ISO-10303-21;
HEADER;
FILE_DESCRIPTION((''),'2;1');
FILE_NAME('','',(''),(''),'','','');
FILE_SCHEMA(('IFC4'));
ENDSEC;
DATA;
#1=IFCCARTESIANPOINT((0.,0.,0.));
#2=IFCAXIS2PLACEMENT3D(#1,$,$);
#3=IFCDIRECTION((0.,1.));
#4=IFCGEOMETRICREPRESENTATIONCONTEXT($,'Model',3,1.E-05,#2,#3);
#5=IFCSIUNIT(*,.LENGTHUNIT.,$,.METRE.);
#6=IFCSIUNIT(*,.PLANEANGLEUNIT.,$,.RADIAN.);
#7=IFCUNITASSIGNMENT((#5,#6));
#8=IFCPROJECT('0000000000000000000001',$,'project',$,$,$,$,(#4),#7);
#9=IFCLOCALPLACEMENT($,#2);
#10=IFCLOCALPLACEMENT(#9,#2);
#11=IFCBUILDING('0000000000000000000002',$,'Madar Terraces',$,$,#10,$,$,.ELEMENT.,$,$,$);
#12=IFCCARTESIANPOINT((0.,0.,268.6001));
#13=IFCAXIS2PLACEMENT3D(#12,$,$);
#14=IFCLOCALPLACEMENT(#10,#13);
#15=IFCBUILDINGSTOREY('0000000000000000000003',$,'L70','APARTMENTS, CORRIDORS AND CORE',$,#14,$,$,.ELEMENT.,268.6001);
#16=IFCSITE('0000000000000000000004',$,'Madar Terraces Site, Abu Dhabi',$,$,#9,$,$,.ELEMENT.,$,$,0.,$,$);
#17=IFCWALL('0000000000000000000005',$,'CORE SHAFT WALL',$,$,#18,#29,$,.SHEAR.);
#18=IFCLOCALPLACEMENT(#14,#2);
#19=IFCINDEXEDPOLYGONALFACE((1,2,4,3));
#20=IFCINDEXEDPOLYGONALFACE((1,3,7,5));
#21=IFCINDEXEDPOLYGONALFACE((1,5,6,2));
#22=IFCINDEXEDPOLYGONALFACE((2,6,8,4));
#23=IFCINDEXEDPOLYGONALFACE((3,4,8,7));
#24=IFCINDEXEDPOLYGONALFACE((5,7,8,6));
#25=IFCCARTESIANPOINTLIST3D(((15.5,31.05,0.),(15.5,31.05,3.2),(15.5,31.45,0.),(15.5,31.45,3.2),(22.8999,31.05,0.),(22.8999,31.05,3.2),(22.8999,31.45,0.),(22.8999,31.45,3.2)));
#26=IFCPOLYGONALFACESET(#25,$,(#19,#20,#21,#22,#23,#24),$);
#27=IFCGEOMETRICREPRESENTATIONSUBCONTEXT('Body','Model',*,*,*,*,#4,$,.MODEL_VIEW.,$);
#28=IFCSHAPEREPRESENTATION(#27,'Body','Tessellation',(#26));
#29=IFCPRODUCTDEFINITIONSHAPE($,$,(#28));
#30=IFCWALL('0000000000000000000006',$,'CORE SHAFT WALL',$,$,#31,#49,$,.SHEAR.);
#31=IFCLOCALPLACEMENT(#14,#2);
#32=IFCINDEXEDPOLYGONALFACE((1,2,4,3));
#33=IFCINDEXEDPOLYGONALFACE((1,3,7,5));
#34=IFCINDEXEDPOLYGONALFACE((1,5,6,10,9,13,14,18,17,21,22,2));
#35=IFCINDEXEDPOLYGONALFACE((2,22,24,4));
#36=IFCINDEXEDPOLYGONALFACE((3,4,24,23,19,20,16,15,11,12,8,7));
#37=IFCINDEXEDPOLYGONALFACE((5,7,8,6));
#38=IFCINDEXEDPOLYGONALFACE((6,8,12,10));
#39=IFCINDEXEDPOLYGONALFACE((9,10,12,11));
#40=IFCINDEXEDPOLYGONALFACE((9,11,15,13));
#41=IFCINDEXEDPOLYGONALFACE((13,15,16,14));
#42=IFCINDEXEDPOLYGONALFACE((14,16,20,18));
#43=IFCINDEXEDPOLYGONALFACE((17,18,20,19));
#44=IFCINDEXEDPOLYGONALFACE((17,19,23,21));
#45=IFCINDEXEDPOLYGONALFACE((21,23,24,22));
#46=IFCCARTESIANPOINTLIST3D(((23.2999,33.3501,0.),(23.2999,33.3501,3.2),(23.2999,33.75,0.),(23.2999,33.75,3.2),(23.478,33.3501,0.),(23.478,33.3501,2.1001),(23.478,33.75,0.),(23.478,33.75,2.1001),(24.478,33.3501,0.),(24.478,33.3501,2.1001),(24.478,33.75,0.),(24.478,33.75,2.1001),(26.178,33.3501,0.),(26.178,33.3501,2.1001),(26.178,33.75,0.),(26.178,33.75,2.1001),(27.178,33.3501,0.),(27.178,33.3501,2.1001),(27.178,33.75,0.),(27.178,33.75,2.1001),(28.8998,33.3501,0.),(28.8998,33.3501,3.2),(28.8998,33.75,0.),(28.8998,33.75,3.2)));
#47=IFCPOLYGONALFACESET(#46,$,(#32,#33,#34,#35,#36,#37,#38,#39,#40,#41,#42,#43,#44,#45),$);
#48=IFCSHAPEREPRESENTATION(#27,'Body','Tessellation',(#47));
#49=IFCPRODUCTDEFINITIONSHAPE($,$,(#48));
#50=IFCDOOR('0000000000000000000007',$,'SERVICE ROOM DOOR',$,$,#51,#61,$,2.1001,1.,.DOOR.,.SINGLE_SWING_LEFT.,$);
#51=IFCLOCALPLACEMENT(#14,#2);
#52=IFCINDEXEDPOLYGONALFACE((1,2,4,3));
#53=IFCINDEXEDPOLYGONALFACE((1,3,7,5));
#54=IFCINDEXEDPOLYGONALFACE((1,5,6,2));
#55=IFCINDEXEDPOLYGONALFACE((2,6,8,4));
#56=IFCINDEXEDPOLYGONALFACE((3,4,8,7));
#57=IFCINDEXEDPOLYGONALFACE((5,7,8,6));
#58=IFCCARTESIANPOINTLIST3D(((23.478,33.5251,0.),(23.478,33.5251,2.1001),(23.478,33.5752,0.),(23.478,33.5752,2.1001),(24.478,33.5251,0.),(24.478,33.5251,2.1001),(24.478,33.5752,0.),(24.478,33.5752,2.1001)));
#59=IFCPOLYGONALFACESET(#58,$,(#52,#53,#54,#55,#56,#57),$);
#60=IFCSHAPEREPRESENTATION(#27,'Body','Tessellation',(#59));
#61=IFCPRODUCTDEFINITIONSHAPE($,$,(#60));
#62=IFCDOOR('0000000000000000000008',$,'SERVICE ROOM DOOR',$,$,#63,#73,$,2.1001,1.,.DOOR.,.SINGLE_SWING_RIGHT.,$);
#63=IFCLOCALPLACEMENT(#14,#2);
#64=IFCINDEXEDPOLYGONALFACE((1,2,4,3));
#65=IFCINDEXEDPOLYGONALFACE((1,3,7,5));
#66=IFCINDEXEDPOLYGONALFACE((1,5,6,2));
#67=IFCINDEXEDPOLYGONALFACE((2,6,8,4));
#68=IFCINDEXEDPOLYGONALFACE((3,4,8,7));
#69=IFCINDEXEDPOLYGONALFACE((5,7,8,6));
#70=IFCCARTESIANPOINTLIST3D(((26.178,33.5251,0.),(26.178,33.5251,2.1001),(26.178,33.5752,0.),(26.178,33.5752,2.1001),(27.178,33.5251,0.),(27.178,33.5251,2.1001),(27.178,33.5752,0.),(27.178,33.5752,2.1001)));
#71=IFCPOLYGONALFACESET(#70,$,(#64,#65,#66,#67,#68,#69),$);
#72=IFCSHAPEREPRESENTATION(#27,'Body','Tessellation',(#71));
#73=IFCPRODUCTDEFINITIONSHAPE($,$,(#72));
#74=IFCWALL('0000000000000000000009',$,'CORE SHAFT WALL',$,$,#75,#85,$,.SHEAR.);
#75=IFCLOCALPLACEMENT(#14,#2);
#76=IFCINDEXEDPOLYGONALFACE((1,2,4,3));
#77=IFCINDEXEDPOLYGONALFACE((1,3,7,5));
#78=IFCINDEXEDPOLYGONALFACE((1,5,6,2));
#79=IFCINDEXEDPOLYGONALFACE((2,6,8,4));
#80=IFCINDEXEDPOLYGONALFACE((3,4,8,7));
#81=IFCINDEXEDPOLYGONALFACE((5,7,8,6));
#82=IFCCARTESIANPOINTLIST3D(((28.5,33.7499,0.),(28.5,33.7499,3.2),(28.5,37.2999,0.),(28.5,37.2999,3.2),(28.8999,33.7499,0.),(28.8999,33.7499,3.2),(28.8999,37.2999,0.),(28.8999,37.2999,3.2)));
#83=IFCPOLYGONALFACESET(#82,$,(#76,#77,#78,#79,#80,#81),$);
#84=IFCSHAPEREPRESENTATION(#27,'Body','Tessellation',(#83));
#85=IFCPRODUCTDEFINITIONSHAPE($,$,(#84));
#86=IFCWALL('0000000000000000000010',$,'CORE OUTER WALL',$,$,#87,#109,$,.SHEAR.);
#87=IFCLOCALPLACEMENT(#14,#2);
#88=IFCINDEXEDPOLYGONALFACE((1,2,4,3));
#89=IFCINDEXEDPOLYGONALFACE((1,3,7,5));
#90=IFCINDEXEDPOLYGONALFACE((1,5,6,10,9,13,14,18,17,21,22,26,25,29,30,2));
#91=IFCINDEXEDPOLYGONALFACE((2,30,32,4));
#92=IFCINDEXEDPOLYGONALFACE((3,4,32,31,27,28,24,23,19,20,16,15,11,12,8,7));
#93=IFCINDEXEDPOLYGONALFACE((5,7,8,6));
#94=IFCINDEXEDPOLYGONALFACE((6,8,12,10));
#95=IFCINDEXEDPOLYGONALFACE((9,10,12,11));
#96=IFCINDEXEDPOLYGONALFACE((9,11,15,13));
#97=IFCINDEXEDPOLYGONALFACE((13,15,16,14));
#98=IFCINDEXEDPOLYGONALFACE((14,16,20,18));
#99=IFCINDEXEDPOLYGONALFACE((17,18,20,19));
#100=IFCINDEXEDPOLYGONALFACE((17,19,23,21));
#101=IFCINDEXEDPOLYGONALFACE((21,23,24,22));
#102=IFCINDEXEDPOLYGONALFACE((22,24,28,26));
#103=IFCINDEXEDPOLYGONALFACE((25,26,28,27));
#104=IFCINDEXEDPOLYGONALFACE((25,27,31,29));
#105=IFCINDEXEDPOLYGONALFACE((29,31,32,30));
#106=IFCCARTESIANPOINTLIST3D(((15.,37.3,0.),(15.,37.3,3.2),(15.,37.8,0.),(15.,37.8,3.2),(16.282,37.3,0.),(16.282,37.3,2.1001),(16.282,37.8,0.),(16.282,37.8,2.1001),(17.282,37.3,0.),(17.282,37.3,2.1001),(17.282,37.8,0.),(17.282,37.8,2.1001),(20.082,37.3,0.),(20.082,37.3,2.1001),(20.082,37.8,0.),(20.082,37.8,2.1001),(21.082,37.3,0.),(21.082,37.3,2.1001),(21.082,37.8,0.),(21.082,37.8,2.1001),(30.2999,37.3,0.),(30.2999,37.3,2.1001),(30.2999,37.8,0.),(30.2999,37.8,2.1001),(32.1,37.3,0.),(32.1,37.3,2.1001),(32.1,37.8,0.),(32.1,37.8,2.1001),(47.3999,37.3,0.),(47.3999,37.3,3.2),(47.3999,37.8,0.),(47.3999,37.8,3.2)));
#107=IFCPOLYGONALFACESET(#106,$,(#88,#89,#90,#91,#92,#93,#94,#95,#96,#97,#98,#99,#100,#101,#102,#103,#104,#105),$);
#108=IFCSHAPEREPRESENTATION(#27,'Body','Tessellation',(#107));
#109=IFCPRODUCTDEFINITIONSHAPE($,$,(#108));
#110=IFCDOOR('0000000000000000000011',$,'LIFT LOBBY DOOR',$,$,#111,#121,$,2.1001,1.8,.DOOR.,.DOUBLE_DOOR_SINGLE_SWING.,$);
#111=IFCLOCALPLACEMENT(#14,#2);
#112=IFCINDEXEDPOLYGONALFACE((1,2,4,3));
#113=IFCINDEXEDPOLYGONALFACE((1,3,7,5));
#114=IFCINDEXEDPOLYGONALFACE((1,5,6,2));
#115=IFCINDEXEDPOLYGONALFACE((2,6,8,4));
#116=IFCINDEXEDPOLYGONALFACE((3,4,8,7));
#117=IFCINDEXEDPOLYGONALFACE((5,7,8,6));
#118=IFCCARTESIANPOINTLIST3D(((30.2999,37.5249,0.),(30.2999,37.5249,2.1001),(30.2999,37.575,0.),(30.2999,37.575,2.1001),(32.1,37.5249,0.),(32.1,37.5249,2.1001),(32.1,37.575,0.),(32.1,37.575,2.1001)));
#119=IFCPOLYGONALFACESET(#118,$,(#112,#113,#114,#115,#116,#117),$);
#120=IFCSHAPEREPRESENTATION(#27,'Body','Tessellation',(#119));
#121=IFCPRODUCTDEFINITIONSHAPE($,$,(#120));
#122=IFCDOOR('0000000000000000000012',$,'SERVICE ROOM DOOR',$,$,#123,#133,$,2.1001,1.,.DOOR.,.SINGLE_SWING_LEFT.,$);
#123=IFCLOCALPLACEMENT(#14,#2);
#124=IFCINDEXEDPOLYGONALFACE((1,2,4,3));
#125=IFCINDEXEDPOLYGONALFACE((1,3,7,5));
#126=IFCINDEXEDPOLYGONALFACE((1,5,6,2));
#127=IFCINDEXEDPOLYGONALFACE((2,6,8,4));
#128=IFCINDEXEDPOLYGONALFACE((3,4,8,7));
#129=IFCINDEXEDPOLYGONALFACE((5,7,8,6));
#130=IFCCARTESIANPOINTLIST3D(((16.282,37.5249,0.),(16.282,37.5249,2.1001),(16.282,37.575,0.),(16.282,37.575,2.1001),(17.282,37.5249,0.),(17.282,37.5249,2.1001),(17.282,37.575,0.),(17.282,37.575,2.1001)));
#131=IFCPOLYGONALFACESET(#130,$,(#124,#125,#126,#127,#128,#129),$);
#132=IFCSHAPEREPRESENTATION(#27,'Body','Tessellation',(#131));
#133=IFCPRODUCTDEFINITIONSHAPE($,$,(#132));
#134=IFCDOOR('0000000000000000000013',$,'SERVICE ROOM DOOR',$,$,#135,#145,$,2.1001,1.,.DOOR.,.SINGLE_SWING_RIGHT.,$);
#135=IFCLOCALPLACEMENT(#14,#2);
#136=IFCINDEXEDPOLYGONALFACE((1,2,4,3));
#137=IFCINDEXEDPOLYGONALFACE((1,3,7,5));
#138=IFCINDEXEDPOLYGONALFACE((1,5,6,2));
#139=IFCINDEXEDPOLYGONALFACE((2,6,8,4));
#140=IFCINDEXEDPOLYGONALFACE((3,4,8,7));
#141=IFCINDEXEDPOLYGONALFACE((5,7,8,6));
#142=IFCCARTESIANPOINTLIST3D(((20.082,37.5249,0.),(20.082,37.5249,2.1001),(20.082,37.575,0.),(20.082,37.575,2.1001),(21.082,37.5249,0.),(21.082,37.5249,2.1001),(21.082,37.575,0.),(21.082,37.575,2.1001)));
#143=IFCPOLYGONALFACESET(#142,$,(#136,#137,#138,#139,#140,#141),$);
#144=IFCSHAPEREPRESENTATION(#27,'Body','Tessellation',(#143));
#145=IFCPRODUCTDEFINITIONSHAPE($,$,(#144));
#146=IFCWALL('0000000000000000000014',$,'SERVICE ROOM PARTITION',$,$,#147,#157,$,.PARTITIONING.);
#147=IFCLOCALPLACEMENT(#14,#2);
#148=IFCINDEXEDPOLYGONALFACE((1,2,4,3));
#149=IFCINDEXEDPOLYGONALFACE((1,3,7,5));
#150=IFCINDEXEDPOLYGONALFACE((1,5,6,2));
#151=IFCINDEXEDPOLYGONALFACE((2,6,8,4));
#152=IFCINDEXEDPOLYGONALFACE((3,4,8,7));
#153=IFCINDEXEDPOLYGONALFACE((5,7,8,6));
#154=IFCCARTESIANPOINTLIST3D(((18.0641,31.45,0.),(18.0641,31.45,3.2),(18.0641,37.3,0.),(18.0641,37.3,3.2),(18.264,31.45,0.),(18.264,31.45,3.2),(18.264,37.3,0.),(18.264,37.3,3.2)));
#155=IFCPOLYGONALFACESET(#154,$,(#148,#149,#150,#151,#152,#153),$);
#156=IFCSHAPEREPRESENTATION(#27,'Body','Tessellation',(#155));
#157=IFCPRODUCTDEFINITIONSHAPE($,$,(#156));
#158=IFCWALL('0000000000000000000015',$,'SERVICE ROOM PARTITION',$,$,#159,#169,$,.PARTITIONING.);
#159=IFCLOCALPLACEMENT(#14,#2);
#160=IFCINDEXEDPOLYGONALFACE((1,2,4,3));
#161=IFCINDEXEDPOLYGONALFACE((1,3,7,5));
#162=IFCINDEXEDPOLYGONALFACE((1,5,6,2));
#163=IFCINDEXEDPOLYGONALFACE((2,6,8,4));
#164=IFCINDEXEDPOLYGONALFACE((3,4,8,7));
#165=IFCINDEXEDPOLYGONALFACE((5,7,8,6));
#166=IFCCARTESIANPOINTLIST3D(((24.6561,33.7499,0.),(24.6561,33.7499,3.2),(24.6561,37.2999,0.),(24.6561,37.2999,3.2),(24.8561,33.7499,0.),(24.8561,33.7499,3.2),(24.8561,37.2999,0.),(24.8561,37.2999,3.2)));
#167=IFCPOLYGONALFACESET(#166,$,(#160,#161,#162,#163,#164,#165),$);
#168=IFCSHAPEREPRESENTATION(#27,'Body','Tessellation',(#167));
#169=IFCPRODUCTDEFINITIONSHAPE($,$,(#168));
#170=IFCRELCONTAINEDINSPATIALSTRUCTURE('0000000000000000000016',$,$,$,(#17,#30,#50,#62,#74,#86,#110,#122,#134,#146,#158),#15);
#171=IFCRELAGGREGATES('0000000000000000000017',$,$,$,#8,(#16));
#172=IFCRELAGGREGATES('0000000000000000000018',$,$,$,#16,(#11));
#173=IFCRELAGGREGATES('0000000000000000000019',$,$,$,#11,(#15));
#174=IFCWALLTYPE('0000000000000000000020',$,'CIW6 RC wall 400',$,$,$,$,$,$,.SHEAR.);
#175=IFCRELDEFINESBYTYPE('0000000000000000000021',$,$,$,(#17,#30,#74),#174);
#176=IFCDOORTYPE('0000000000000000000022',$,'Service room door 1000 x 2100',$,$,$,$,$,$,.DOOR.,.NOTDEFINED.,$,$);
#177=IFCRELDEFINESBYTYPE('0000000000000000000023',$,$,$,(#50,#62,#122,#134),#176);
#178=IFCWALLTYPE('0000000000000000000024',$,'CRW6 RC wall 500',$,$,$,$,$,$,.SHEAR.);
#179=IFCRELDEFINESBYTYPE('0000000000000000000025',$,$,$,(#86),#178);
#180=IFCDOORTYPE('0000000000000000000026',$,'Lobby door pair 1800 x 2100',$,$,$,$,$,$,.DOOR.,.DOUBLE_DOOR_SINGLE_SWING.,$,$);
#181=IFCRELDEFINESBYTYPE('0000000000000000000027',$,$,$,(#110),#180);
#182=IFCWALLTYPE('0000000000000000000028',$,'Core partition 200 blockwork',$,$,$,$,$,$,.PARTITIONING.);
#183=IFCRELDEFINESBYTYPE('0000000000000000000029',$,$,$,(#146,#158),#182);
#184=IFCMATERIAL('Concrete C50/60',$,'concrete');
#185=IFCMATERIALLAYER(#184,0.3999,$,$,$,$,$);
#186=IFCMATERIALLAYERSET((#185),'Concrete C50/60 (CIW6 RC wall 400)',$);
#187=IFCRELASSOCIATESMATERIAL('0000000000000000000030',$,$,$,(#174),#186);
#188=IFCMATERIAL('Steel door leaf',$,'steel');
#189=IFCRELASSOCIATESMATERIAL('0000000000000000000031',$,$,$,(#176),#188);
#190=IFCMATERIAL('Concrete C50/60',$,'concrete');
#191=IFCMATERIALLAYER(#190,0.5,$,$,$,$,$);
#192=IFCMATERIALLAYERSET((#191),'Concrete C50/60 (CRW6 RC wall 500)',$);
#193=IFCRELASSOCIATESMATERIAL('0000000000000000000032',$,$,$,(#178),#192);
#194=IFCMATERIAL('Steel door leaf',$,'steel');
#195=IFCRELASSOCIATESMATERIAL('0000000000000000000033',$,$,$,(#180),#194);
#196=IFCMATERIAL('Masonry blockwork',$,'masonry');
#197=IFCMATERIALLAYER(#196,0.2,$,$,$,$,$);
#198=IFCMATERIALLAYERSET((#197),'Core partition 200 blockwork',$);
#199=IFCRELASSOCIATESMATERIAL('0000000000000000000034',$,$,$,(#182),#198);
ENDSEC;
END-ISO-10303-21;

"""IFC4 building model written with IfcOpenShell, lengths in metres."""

from ifc_helpers import new_model, si_unit, direction, frame, frame_2d, origin, place, context, subcontext, project, spatial, rectangle, extrude, material, layer, layer_set, type_object, element, fill, save


model = new_model("IFC4")

# Units and contexts
model_context = context("Model", 3, precision=1e-05, world=origin(), true_north=direction((0.0, 1.0)))
body_context = subcontext(model_context, "Body", "Model", "MODEL_VIEW")
ifc_project = project(units=[si_unit("LENGTHUNIT", "METRE"), si_unit("PLANEANGLEUNIT", "RADIAN")], contexts=[model_context])

# Site, building, storey
site_placement = place(None, origin())
site = spatial("IfcSite", under=ifc_project, at=site_placement, Name="Madar Terraces Site, Abu Dhabi", CompositionType="ELEMENT", RefElevation=0.0)
building_placement = place(site_placement, origin())
building = spatial("IfcBuilding", under=site, at=building_placement, Name="Madar Terraces", CompositionType="ELEMENT")
storey_placement = place(building_placement, frame((0.0, 0.0, 268.6001)))
storey = spatial("IfcBuildingStorey", under=building, at=storey_placement, Name="L70", Description="APARTMENTS, CORRIDORS AND CORE", CompositionType="ELEMENT", Elevation=268.6001)

# Wall
ifc_material_1 = material(Name="Concrete C50/60", Category="concrete")
ifc_layer_1 = layer(ifc_material_1, 0.3999)
ifc_layer_set_1 = layer_set([ifc_layer_1], Name="Concrete C50/60 (CIW6 RC wall 400)")
wall_type_1 = type_object("IfcWallType", Name="CIW6 RC wall 400", PredefinedType="SHEAR", material=ifc_layer_set_1)
wall_1_placement = place(storey_placement, frame((15.5, 31.25, 0.0), z_axis=(0.0, 0.0, 1.0), x_axis=(1.0, 0.0, 0.0)))
element("IfcWall", 1, at=wall_1_placement, inside=storey, type_object=wall_type_1, Name="CORE SHAFT WALL", PredefinedType="SHEAR", context=body_context, shape_type="SweptSolid", body=[
    extrude(rectangle(XDim=7.3999, YDim=0.3999, at=frame_2d((3.7, 0.0))), origin(), (0.0, 0.0, 1.0), 3.2),
])

# Wall, openings, doors
wall_2_placement = place(storey_placement, frame((23.3, 33.55, 0.0), z_axis=(0.0, 0.0, 1.0), x_axis=(1.0, 0.0, 0.0)))
wall_2 = element("IfcWall", 2, at=wall_2_placement, inside=storey, type_object=wall_type_1, Name="CORE SHAFT WALL", PredefinedType="SHEAR", context=body_context, shape_type="SweptSolid", body=[
    extrude(rectangle(XDim=5.5999, YDim=0.3999, at=frame_2d((2.7998, 0.0))), origin(), (0.0, 0.0, 1.0), 3.2),
])
opening_1_placement = place(wall_2_placement, frame((0.178, 0.0, 0.0)))
opening_1 = element("IfcOpeningElement", 3, at=opening_1_placement, cuts=wall_2, PredefinedType="OPENING", context=body_context, shape_type="SweptSolid", body=[
    extrude(rectangle(XDim=1.0, YDim=2.1001, at=frame_2d((0.5, 1.05))), frame((0.0, 0.21, 0.0), z_axis=(0.0, -1.0, 0.0), x_axis=(1.0, 0.0, 0.0)), (0.0, 0.0, 1.0), 0.4199),
])
opening_2_placement = place(wall_2_placement, frame((2.8779, 0.0, 0.0)))
opening_2 = element("IfcOpeningElement", 4, at=opening_2_placement, cuts=wall_2, PredefinedType="OPENING", context=body_context, shape_type="SweptSolid", body=[
    extrude(rectangle(XDim=1.0, YDim=2.1001, at=frame_2d((0.5, 1.05))), frame((0.0, 0.21, 0.0), z_axis=(0.0, -1.0, 0.0), x_axis=(1.0, 0.0, 0.0)), (0.0, 0.0, 1.0), 0.4199),
])
ifc_material_2 = material(Name="Steel door leaf", Category="steel")
door_type_1 = type_object("IfcDoorType", Name="Service room door 1000 x 2100", OperationType="NOTDEFINED", PredefinedType="DOOR", material=ifc_material_2)
door_1_placement = place(opening_1_placement, frame((1.0, 0.0, 0.0), z_axis=(0.0, 0.0, 1.0), x_axis=(-1.0, 0.0, 0.0)))
door_1 = element("IfcDoor", 5, at=door_1_placement, inside=storey, type_object=door_type_1, Name="SERVICE ROOM DOOR", OperationType="SINGLE_SWING_LEFT", OverallHeight=2.1001, OverallWidth=1.0, PredefinedType="DOOR", context=body_context, shape_type="SweptSolid", body=[
    extrude(rectangle(XDim=1.0, YDim=2.1001, at=frame_2d((0.5, 1.05))), frame((0.0, 0.0249, 0.0), z_axis=(0.0, -1.0, 0.0), x_axis=(1.0, 0.0, 0.0)), (0.0, 0.0, 1.0), 0.05),
])
fill(opening_1, door_1)
door_2_placement = place(opening_2_placement, frame((1.0, 0.0, 0.0), z_axis=(0.0, 0.0, 1.0), x_axis=(-1.0, 0.0, 0.0)))
door_2 = element("IfcDoor", 6, at=door_2_placement, inside=storey, type_object=door_type_1, Name="SERVICE ROOM DOOR", OperationType="SINGLE_SWING_RIGHT", OverallHeight=2.1001, OverallWidth=1.0, PredefinedType="DOOR", context=body_context, shape_type="SweptSolid", body=[
    extrude(rectangle(XDim=1.0, YDim=2.1001, at=frame_2d((0.5, 1.05))), frame((0.0, 0.0249, 0.0), z_axis=(0.0, -1.0, 0.0), x_axis=(1.0, 0.0, 0.0)), (0.0, 0.0, 1.0), 0.05),
])
fill(opening_2, door_2)

# Wall
wall_3_placement = place(storey_placement, frame((28.7, 33.75, 0.0), z_axis=(0.0, 0.0, 1.0), x_axis=(0.0, 1.0, 0.0)))
element("IfcWall", 7, at=wall_3_placement, inside=storey, type_object=wall_type_1, Name="CORE SHAFT WALL", PredefinedType="SHEAR", context=body_context, shape_type="SweptSolid", body=[
    extrude(rectangle(XDim=3.55, YDim=0.3999, at=frame_2d((1.7749, 0.0))), origin(), (0.0, 0.0, 1.0), 3.2),
])

# Wall, openings, doors
ifc_material_3 = material(Name="Concrete C50/60", Category="concrete")
ifc_layer_2 = layer(ifc_material_3, 0.5)
ifc_layer_set_2 = layer_set([ifc_layer_2], Name="Concrete C50/60 (CRW6 RC wall 500)")
wall_type_2 = type_object("IfcWallType", Name="CRW6 RC wall 500", PredefinedType="SHEAR", material=ifc_layer_set_2)
wall_4_placement = place(storey_placement, frame((15.0, 37.55, 0.0), z_axis=(0.0, 0.0, 1.0), x_axis=(1.0, 0.0, 0.0)))
wall_4 = element("IfcWall", 8, at=wall_4_placement, inside=storey, type_object=wall_type_2, Name="CORE OUTER WALL", PredefinedType="SHEAR", context=body_context, shape_type="SweptSolid", body=[
    extrude(rectangle(XDim=32.3999, YDim=0.5, at=frame_2d((16.2, 0.0))), origin(), (0.0, 0.0, 1.0), 3.2),
])
opening_3_placement = place(wall_4_placement, frame((15.3, 0.0, 0.0)))
opening_3 = element("IfcOpeningElement", 9, at=opening_3_placement, cuts=wall_4, PredefinedType="OPENING", context=body_context, shape_type="SweptSolid", body=[
    extrude(rectangle(XDim=1.8, YDim=2.1001, at=frame_2d((0.8999, 1.05))), frame((0.0, 0.26, 0.0), z_axis=(0.0, -1.0, 0.0), x_axis=(1.0, 0.0, 0.0)), (0.0, 0.0, 1.0), 0.52),
])
opening_4_placement = place(wall_4_placement, frame((1.282, 0.0, 0.0)))
opening_4 = element("IfcOpeningElement", 10, at=opening_4_placement, cuts=wall_4, PredefinedType="OPENING", context=body_context, shape_type="SweptSolid", body=[
    extrude(rectangle(XDim=1.0, YDim=2.1001, at=frame_2d((0.5, 1.05))), frame((0.0, 0.26, 0.0), z_axis=(0.0, -1.0, 0.0), x_axis=(1.0, 0.0, 0.0)), (0.0, 0.0, 1.0), 0.52),
])
opening_5_placement = place(wall_4_placement, frame((5.082, 0.0, 0.0)))
opening_5 = element("IfcOpeningElement", 11, at=opening_5_placement, cuts=wall_4, PredefinedType="OPENING", context=body_context, shape_type="SweptSolid", body=[
    extrude(rectangle(XDim=1.0, YDim=2.1001, at=frame_2d((0.5, 1.05))), frame((0.0, 0.26, 0.0), z_axis=(0.0, -1.0, 0.0), x_axis=(1.0, 0.0, 0.0)), (0.0, 0.0, 1.0), 0.52),
])
ifc_material_4 = material(Name="Steel door leaf", Category="steel")
door_type_2 = type_object("IfcDoorType", Name="Lobby door pair 1800 x 2100", OperationType="DOUBLE_DOOR_SINGLE_SWING", PredefinedType="DOOR", material=ifc_material_4)
door_3_placement = place(opening_3_placement, origin())
door_3 = element("IfcDoor", 12, at=door_3_placement, inside=storey, type_object=door_type_2, Name="LIFT LOBBY DOOR", OperationType="DOUBLE_DOOR_SINGLE_SWING", OverallHeight=2.1001, OverallWidth=1.8, PredefinedType="DOOR", context=body_context, shape_type="SweptSolid", body=[
    extrude(rectangle(XDim=1.8, YDim=2.1001, at=frame_2d((0.8999, 1.05))), frame((0.0, 0.0249, 0.0), z_axis=(0.0, -1.0, 0.0), x_axis=(1.0, 0.0, 0.0)), (0.0, 0.0, 1.0), 0.05),
])
fill(opening_3, door_3)
door_4_placement = place(opening_4_placement, origin())
door_4 = element("IfcDoor", 13, at=door_4_placement, inside=storey, type_object=door_type_1, Name="SERVICE ROOM DOOR", OperationType="SINGLE_SWING_LEFT", OverallHeight=2.1001, OverallWidth=1.0, PredefinedType="DOOR", context=body_context, shape_type="SweptSolid", body=[
    extrude(rectangle(XDim=1.0, YDim=2.1001, at=frame_2d((0.5, 1.05))), frame((0.0, 0.0249, 0.0), z_axis=(0.0, -1.0, 0.0), x_axis=(1.0, 0.0, 0.0)), (0.0, 0.0, 1.0), 0.05),
])
fill(opening_4, door_4)
door_5_placement = place(opening_5_placement, origin())
door_5 = element("IfcDoor", 14, at=door_5_placement, inside=storey, type_object=door_type_1, Name="SERVICE ROOM DOOR", OperationType="SINGLE_SWING_RIGHT", OverallHeight=2.1001, OverallWidth=1.0, PredefinedType="DOOR", context=body_context, shape_type="SweptSolid", body=[
    extrude(rectangle(XDim=1.0, YDim=2.1001, at=frame_2d((0.5, 1.05))), frame((0.0, 0.0249, 0.0), z_axis=(0.0, -1.0, 0.0), x_axis=(1.0, 0.0, 0.0)), (0.0, 0.0, 1.0), 0.05),
])
fill(opening_5, door_5)

# Walls
ifc_material_5 = material(Name="Masonry blockwork", Category="masonry")
ifc_layer_3 = layer(ifc_material_5, 0.2)
ifc_layer_set_3 = layer_set([ifc_layer_3], Name="Core partition 200 blockwork")
wall_type_3 = type_object("IfcWallType", Name="Core partition 200 blockwork", PredefinedType="PARTITIONING", material=ifc_layer_set_3)
wall_5_placement = place(storey_placement, frame((18.1641, 31.45, 0.0), z_axis=(0.0, 0.0, 1.0), x_axis=(0.0, 1.0, 0.0)))
element("IfcWall", 15, at=wall_5_placement, inside=storey, type_object=wall_type_3, Name="SERVICE ROOM PARTITION", PredefinedType="PARTITIONING", context=body_context, shape_type="SweptSolid", body=[
    extrude(rectangle(XDim=5.8501, YDim=0.2, at=frame_2d((2.925, 0.0))), origin(), (0.0, 0.0, 1.0), 3.2),
])
wall_6_placement = place(storey_placement, frame((24.7561, 33.75, 0.0), z_axis=(0.0, 0.0, 1.0), x_axis=(0.0, 1.0, 0.0)))
element("IfcWall", 16, at=wall_6_placement, inside=storey, type_object=wall_type_3, Name="SERVICE ROOM PARTITION", PredefinedType="PARTITIONING", context=body_context, shape_type="SweptSolid", body=[
    extrude(rectangle(XDim=3.55, YDim=0.2, at=frame_2d((1.7749, 0.0))), origin(), (0.0, 0.0, 1.0), 3.2),
])

save(model, "model.ifc")
